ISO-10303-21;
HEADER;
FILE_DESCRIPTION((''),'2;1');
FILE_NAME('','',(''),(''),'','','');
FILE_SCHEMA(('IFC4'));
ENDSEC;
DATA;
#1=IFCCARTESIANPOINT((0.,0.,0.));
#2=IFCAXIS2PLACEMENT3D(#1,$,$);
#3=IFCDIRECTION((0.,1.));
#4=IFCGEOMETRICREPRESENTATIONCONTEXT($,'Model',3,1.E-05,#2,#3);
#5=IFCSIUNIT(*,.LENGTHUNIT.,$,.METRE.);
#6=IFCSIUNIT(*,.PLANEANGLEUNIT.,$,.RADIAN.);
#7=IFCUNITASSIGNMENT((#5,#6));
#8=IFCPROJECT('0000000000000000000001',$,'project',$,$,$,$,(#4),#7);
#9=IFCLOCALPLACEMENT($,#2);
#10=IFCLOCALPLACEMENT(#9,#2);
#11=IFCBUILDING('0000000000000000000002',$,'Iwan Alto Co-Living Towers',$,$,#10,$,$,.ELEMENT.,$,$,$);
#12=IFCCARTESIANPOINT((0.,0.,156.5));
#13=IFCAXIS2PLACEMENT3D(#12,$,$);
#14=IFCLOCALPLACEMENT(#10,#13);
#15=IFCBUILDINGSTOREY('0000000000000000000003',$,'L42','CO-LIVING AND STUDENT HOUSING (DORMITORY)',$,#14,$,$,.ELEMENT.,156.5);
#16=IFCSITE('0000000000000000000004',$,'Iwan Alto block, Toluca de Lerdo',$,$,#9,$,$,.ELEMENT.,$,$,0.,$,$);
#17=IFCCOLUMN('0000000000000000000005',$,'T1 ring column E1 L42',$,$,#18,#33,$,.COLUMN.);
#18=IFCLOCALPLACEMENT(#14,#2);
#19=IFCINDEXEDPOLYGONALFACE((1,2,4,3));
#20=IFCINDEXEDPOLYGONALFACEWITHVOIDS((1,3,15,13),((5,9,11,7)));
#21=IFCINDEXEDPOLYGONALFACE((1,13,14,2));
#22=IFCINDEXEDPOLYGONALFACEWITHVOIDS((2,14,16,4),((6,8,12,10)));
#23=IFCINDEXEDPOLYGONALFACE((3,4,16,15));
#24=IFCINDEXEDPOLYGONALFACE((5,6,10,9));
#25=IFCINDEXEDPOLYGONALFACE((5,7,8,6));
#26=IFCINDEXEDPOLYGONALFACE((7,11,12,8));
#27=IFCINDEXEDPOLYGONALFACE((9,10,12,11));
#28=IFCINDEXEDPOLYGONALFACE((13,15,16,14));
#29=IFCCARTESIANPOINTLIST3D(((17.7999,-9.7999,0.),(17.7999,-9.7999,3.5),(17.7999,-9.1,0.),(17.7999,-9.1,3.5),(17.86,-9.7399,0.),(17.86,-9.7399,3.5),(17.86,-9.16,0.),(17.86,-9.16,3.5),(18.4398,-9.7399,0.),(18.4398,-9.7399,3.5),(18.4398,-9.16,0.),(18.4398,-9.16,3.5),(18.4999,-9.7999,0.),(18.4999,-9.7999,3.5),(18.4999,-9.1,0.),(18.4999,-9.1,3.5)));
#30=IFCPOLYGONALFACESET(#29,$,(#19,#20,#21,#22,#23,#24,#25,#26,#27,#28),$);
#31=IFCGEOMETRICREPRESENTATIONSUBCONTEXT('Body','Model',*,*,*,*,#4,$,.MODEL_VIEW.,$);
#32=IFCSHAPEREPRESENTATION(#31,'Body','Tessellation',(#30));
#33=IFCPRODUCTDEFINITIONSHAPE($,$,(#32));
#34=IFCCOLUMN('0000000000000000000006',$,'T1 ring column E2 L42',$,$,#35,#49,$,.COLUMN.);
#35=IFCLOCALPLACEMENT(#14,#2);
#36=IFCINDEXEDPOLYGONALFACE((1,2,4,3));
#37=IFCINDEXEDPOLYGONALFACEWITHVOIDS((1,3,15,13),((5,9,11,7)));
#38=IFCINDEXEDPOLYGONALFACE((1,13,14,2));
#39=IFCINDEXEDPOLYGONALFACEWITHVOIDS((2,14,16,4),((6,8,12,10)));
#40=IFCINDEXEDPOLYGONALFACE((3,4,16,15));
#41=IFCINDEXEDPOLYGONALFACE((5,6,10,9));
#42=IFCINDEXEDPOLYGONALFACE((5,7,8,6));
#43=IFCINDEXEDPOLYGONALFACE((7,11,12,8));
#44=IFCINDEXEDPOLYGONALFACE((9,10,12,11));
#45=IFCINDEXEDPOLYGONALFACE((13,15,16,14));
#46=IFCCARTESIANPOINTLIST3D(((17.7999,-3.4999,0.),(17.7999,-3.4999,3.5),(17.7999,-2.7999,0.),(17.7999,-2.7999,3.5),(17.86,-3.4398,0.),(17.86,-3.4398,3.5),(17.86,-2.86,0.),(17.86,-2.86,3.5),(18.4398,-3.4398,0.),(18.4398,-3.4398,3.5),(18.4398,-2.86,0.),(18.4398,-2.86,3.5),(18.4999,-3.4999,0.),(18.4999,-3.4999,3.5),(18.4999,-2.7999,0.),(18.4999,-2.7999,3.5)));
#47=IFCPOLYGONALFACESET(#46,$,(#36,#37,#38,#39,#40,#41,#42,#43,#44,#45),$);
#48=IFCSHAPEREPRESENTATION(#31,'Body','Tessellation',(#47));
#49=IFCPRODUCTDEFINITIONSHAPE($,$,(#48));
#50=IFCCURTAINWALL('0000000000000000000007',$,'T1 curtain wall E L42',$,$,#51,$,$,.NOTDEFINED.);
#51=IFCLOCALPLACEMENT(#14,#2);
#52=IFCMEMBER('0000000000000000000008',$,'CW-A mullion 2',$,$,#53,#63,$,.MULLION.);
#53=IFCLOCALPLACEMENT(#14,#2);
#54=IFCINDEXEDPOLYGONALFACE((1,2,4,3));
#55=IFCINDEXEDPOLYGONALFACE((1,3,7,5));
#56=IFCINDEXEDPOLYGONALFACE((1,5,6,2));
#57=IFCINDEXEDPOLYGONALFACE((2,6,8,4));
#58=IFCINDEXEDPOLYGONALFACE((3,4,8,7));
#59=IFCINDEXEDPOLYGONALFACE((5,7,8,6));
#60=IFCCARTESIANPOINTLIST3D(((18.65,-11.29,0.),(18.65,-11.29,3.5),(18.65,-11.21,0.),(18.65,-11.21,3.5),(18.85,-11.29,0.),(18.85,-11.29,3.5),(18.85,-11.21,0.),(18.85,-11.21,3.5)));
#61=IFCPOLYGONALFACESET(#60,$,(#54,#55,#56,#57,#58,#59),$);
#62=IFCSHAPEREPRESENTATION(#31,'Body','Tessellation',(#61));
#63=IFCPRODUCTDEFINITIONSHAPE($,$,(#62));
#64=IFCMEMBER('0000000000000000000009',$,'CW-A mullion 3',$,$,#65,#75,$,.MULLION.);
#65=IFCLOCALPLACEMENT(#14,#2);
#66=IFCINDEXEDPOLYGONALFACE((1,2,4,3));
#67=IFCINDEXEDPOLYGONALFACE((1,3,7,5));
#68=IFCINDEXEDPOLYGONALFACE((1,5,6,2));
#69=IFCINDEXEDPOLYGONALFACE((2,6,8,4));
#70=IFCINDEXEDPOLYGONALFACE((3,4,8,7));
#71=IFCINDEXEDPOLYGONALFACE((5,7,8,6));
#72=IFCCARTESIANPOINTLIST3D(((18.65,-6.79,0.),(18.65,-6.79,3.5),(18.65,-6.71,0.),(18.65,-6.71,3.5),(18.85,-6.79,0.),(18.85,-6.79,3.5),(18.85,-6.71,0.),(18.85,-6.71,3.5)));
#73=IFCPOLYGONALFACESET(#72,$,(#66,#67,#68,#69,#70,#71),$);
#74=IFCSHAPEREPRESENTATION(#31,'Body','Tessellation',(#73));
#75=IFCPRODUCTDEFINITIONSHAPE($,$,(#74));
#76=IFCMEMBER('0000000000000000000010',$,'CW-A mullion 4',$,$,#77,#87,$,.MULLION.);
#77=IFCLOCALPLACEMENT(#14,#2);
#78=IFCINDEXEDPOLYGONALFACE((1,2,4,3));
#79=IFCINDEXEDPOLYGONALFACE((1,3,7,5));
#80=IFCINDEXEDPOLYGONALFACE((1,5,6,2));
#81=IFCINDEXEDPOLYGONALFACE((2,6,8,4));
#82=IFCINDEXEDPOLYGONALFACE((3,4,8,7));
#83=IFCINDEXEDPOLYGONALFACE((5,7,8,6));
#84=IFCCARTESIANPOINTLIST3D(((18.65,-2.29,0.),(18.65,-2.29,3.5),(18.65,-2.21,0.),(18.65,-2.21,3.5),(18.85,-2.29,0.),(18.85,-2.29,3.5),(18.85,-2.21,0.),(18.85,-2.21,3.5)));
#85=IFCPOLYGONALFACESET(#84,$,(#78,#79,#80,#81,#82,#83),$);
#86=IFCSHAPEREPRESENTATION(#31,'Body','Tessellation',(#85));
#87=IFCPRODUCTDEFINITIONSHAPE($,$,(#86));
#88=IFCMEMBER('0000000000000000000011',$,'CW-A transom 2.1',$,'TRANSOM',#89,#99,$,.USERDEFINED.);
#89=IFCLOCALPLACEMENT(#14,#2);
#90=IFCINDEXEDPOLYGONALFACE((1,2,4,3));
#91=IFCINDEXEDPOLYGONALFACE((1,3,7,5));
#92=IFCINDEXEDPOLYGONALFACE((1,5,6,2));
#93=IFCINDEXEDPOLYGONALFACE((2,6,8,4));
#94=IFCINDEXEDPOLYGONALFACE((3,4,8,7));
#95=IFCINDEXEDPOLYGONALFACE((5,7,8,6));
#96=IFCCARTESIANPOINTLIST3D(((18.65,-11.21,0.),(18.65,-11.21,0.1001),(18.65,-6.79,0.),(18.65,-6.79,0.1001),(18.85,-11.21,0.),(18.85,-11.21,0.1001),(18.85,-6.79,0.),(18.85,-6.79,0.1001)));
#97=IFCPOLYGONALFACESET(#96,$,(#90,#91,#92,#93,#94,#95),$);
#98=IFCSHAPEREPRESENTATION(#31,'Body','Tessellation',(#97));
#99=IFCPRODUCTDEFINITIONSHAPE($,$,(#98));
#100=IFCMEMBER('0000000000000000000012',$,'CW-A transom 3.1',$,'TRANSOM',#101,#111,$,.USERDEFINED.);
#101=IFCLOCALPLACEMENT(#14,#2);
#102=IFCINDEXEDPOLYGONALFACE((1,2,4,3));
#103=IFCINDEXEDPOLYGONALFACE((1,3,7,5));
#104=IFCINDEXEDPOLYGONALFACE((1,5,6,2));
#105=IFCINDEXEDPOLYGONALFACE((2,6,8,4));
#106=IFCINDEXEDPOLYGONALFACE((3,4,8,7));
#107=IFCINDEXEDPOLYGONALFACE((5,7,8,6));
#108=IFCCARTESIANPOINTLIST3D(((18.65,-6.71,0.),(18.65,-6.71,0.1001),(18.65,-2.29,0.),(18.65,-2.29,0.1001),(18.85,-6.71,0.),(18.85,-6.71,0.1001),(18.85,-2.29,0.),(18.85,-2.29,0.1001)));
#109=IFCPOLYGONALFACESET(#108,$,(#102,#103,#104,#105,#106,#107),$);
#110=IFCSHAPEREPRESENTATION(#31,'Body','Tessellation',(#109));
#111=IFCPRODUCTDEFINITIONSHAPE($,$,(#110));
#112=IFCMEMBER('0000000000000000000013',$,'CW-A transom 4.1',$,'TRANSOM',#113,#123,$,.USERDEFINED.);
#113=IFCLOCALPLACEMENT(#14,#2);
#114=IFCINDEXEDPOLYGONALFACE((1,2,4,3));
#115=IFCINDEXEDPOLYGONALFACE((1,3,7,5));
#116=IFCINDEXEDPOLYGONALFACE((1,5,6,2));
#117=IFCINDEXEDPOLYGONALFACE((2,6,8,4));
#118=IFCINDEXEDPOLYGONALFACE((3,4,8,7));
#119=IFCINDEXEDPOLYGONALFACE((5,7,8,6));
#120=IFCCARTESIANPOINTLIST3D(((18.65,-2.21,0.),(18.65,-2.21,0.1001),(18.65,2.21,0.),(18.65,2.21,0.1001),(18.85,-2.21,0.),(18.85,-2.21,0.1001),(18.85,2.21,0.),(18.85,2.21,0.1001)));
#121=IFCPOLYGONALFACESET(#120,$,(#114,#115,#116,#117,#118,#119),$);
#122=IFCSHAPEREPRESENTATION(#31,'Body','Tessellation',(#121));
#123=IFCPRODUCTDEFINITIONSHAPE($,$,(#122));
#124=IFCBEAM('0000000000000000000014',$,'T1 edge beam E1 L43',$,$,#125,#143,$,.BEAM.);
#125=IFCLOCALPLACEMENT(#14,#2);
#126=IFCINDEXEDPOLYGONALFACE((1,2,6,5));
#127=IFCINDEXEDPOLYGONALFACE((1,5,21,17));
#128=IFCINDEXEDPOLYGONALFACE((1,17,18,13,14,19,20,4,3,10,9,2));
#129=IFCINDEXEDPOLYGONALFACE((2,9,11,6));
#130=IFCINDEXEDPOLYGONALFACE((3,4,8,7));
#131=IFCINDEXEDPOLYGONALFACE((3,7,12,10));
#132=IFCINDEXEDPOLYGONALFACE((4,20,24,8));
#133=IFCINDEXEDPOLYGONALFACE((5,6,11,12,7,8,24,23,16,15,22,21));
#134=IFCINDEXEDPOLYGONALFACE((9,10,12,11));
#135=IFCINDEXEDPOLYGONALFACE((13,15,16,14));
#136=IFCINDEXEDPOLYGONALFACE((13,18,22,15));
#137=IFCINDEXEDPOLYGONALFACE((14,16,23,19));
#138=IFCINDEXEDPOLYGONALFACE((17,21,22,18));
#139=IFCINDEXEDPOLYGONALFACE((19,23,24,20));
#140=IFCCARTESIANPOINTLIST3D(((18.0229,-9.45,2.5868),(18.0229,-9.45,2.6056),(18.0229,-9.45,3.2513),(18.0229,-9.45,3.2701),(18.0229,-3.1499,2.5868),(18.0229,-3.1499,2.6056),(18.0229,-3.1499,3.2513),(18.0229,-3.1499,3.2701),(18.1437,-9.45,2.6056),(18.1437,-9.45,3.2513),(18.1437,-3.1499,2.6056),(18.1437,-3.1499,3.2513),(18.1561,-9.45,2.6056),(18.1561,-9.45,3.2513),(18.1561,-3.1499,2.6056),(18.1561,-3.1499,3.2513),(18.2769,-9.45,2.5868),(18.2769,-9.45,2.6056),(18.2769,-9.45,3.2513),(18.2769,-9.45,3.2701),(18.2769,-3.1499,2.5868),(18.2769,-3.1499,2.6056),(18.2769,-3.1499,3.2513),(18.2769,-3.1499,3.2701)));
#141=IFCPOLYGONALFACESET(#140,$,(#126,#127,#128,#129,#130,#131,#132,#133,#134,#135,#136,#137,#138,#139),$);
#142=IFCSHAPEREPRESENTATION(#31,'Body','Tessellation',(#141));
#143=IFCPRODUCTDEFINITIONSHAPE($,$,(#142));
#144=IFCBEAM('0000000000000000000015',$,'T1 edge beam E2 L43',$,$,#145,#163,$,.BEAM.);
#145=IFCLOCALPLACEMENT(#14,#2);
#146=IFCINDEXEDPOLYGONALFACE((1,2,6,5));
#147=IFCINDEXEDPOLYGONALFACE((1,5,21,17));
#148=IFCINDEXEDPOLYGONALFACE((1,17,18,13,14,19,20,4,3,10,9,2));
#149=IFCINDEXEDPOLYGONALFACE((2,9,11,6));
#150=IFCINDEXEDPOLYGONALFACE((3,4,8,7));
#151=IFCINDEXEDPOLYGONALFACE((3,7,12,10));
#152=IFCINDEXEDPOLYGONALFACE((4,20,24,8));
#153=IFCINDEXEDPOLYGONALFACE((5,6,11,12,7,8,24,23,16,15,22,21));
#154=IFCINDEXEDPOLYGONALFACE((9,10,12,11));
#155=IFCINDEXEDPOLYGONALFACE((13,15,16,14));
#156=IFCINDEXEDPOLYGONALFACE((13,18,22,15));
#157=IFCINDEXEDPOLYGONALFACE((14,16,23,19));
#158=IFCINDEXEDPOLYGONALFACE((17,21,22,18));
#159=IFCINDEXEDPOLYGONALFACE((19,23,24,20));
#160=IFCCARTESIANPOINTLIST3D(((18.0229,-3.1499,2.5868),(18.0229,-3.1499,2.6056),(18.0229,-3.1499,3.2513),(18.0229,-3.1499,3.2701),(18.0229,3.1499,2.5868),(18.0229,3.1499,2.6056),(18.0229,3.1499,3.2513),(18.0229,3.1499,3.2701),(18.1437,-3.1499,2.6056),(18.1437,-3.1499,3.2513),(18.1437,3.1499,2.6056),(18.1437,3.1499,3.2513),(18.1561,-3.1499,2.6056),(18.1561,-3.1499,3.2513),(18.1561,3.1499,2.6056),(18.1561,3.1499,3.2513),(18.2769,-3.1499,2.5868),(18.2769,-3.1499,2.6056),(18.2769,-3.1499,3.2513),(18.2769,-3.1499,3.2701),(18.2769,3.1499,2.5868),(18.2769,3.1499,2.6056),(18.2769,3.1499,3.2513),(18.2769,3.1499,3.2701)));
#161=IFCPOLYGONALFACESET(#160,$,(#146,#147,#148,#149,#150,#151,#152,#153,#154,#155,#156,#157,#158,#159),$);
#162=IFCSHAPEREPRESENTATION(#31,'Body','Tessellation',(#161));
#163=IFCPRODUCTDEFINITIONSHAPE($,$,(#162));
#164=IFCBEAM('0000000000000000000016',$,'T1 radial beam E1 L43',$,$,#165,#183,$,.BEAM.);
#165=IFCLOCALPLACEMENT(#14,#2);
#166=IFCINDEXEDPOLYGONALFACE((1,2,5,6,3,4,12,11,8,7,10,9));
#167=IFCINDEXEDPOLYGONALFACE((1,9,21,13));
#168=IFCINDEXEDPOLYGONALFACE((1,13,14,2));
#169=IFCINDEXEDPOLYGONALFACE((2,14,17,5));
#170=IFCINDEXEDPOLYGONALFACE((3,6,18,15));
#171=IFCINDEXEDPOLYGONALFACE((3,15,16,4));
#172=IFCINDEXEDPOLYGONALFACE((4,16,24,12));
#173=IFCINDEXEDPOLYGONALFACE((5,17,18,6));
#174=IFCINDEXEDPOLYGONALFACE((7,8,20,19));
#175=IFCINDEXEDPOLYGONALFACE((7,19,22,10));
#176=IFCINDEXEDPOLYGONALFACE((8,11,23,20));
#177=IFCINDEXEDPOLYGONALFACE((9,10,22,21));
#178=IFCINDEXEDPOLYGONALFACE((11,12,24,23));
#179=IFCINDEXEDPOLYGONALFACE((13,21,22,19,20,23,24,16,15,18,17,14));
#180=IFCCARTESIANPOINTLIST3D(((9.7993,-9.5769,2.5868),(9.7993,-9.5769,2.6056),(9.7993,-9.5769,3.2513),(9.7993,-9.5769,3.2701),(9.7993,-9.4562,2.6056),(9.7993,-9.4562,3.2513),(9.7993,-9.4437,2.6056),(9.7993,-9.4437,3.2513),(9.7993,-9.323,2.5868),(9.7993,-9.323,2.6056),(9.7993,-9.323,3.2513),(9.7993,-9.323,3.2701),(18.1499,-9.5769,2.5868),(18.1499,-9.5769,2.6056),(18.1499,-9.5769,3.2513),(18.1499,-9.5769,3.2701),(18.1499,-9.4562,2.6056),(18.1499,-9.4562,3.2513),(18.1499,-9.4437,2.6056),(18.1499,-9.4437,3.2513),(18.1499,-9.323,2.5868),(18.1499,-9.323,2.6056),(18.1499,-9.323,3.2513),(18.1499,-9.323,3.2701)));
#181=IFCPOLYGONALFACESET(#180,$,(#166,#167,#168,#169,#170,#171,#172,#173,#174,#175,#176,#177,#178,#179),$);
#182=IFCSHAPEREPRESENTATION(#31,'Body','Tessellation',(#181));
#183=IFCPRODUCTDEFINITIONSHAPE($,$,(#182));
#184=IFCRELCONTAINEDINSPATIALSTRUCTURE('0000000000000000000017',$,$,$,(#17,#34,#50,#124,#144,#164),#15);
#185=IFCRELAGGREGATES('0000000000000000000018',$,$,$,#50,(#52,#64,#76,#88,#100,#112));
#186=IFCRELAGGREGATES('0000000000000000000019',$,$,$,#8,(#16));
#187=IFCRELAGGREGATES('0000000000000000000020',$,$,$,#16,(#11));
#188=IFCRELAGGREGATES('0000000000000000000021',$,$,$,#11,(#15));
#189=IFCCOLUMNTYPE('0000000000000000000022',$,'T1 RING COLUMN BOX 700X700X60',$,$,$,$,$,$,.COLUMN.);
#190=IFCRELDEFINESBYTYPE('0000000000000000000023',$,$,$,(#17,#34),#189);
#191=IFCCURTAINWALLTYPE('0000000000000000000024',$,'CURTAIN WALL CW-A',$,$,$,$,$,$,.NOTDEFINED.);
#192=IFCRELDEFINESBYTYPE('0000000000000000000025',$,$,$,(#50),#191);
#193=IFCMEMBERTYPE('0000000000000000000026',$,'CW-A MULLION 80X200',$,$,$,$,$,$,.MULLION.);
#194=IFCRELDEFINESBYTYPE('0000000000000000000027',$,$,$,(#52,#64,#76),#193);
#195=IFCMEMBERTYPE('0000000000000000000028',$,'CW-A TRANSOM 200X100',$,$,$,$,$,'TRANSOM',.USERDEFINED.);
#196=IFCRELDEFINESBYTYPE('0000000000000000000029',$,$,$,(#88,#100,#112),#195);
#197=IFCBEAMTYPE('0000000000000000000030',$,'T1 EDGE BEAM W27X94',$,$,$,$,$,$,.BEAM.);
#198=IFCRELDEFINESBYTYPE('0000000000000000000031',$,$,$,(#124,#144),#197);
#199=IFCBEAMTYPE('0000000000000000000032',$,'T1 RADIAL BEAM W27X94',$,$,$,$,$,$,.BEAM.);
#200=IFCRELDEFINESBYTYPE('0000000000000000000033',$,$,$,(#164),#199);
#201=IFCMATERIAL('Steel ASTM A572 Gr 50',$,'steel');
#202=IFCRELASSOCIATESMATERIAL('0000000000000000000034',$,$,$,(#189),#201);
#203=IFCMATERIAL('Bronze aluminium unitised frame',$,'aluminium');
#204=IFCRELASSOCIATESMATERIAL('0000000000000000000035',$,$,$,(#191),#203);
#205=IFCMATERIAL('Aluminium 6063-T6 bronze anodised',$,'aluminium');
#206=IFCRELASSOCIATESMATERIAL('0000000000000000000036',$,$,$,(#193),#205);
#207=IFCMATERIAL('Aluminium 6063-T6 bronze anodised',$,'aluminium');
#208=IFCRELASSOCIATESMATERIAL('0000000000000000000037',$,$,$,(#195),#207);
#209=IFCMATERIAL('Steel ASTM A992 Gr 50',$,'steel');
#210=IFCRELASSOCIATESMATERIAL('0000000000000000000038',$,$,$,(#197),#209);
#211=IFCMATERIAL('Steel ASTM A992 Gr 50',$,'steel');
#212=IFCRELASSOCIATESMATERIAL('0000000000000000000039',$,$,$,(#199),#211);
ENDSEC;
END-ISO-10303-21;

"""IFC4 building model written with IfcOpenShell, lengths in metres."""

from ifc_helpers import new_model, si_unit, direction, frame, origin, origin_2d, place, context, subcontext, project, spatial, rectangle, hollow_rectangle, i_section, extrude, material, material_profile, profile_set, type_object, element, aggregate, save


model = new_model("IFC4")

# Units and contexts
model_context = context("Model", 3, precision=1e-05, world=origin(), true_north=direction((0.0, 1.0)))
body_context = subcontext(model_context, "Body", "Model", "MODEL_VIEW")
ifc_project = project(units=[si_unit("LENGTHUNIT", "METRE"), si_unit("PLANEANGLEUNIT", "RADIAN")], contexts=[model_context])

# Site, building, storey
site_placement = place(None, origin())
site = spatial("IfcSite", under=ifc_project, at=site_placement, Name="Iwan Alto block, Toluca de Lerdo", CompositionType="ELEMENT", RefElevation=0.0)
building_placement = place(site_placement, origin())
building = spatial("IfcBuilding", under=site, at=building_placement, Name="Iwan Alto Co-Living Towers", CompositionType="ELEMENT")
storey_placement = place(building_placement, frame((0.0, 0.0, 156.5)))
storey = spatial("IfcBuildingStorey", under=building, at=storey_placement, Name="L42", Description="CO-LIVING AND STUDENT HOUSING (DORMITORY)", CompositionType="ELEMENT", Elevation=156.5)

# Columns
ifc_material_1 = material(Name="Steel ASTM A572 Gr 50", Category="steel")
ifc_material_profile_1 = material_profile(ifc_material_1, hollow_rectangle(XDim=0.7, YDim=0.7, WallThickness=0.0601, at=origin_2d()), Name="BOX 700X700X60")
ifc_profile_set_1 = profile_set([ifc_material_profile_1], Name="Steel ASTM A572 Gr 50")
column_type = type_object("IfcColumnType", Name="T1 RING COLUMN BOX 700X700X60", PredefinedType="COLUMN", material=ifc_profile_set_1)
for number, where, z_axis, x_axis, name in (
    (1, (18.1499, -9.45, 0.0), (0.0, 0.0, 1.0), (1.0, 0.0, 0.0), "T1 ring column E1 L42"),
    (2, (18.1499, -3.1499, 0.0), (0.0, 0.0, 1.0), (1.0, 0.0, 0.0), "T1 ring column E2 L42"),
):
    element("IfcColumn", number, at=place(storey_placement, frame(where, z_axis=z_axis, x_axis=x_axis)), inside=storey, type_object=column_type, Name=name, PredefinedType="COLUMN", context=body_context, shape_type="SweptSolid", body=[
        extrude(hollow_rectangle(XDim=0.7, YDim=0.7, WallThickness=0.0601, at=origin_2d()), origin(), (0.0, 0.0, 1.0), 3.5),
    ])

# Curtain wall, members
ifc_material_2 = material(Name="Bronze aluminium unitised frame", Category="aluminium")
curtain_wall_type = type_object("IfcCurtainWallType", Name="CURTAIN WALL CW-A", PredefinedType="NOTDEFINED", material=ifc_material_2)
curtain_wall_placement = place(storey_placement, origin())
curtain_wall = element("IfcCurtainWall", 3, at=curtain_wall_placement, inside=storey, type_object=curtain_wall_type, Name="T1 curtain wall E L42", PredefinedType="NOTDEFINED")
ifc_material_3 = material(Name="Aluminium 6063-T6 bronze anodised", Category="aluminium")
ifc_material_profile_2 = material_profile(ifc_material_3, rectangle(XDim=0.2, YDim=0.0801, at=origin_2d()), Name="AL 80X200")
ifc_profile_set_2 = profile_set([ifc_material_profile_2], Name="Aluminium 6063-T6 bronze anodised")
member_type_1 = type_object("IfcMemberType", Name="CW-A MULLION 80X200", PredefinedType="MULLION", material=ifc_profile_set_2)
member_1_placement = place(storey_placement, frame((18.75, -11.25, 0.0), z_axis=(0.0, 0.0, 1.0), x_axis=(-1.0, 0.0, 0.0)))
member_1 = element("IfcMember", 4, at=member_1_placement, type_object=member_type_1, Name="CW-A mullion 2", PredefinedType="MULLION", context=body_context, shape_type="SweptSolid", body=[
    extrude(rectangle(XDim=0.2, YDim=0.0801, at=origin_2d()), origin(), (0.0, 0.0, 1.0), 3.5),
])
member_2_placement = place(storey_placement, frame((18.75, -6.75, 0.0), z_axis=(0.0, 0.0, 1.0), x_axis=(-1.0, 0.0, 0.0)))
member_2 = element("IfcMember", 5, at=member_2_placement, type_object=member_type_1, Name="CW-A mullion 3", PredefinedType="MULLION", context=body_context, shape_type="SweptSolid", body=[
    extrude(rectangle(XDim=0.2, YDim=0.0801, at=origin_2d()), origin(), (0.0, 0.0, 1.0), 3.5),
])
member_3_placement = place(storey_placement, frame((18.75, -2.25, 0.0), z_axis=(0.0, 0.0, 1.0), x_axis=(-1.0, 0.0, 0.0)))
member_3 = element("IfcMember", 6, at=member_3_placement, type_object=member_type_1, Name="CW-A mullion 4", PredefinedType="MULLION", context=body_context, shape_type="SweptSolid", body=[
    extrude(rectangle(XDim=0.2, YDim=0.0801, at=origin_2d()), origin(), (0.0, 0.0, 1.0), 3.5),
])
ifc_material_4 = material(Name="Aluminium 6063-T6 bronze anodised", Category="aluminium")
ifc_material_profile_3 = material_profile(ifc_material_4, rectangle(XDim=0.2, YDim=0.1001, at=origin_2d()), Name="AL 200X100")
ifc_profile_set_3 = profile_set([ifc_material_profile_3], Name="Aluminium 6063-T6 bronze anodised")
member_type_2 = type_object("IfcMemberType", Name="CW-A TRANSOM 200X100", ElementType="TRANSOM", PredefinedType="USERDEFINED", material=ifc_profile_set_3)
member_4_placement = place(storey_placement, frame((18.75, -11.21, 0.05), z_axis=(0.0, 1.0, 0.0), x_axis=(-1.0, 0.0, 0.0)))
member_4 = element("IfcMember", 7, at=member_4_placement, type_object=member_type_2, Name="CW-A transom 2.1", ObjectType="TRANSOM", PredefinedType="USERDEFINED", context=body_context, shape_type="SweptSolid", body=[
    extrude(rectangle(XDim=0.2, YDim=0.1001, at=origin_2d()), origin(), (0.0, 0.0, 1.0), 4.4199),
])
member_5_placement = place(storey_placement, frame((18.75, -6.71, 0.05), z_axis=(0.0, 1.0, 0.0), x_axis=(-1.0, 0.0, 0.0)))
member_5 = element("IfcMember", 8, at=member_5_placement, type_object=member_type_2, Name="CW-A transom 3.1", ObjectType="TRANSOM", PredefinedType="USERDEFINED", context=body_context, shape_type="SweptSolid", body=[
    extrude(rectangle(XDim=0.2, YDim=0.1001, at=origin_2d()), origin(), (0.0, 0.0, 1.0), 4.4199),
])
member_6_placement = place(storey_placement, frame((18.75, -2.21, 0.05), z_axis=(0.0, 1.0, 0.0), x_axis=(-1.0, 0.0, 0.0)))
member_6 = element("IfcMember", 9, at=member_6_placement, type_object=member_type_2, Name="CW-A transom 4.1", ObjectType="TRANSOM", PredefinedType="USERDEFINED", context=body_context, shape_type="SweptSolid", body=[
    extrude(rectangle(XDim=0.2, YDim=0.1001, at=origin_2d()), origin(), (0.0, 0.0, 1.0), 4.4199),
])

# Beams
ifc_material_5 = material(Name="Steel ASTM A992 Gr 50", Category="steel")
ifc_material_profile_4 = material_profile(ifc_material_5, i_section(OverallWidth=0.2539, OverallDepth=0.6833, WebThickness=0.0125, FlangeThickness=0.0188, at=origin_2d()), Name="W27X94")
ifc_profile_set_4 = profile_set([ifc_material_profile_4], Name="Steel ASTM A992 Gr 50")
beam_type_1 = type_object("IfcBeamType", Name="T1 EDGE BEAM W27X94", PredefinedType="BEAM", material=ifc_profile_set_4)
beam_1_placement = place(storey_placement, frame((18.1499, -9.45, 2.9285), z_axis=(0.0, 1.0, 0.0), x_axis=(-1.0, 0.0, 0.0)))
element("IfcBeam", 10, at=beam_1_placement, inside=storey, type_object=beam_type_1, Name="T1 edge beam E1 L43", PredefinedType="BEAM", context=body_context, shape_type="SweptSolid", body=[
    extrude(i_section(OverallWidth=0.2539, OverallDepth=0.6833, WebThickness=0.0125, FlangeThickness=0.0188, at=origin_2d()), origin(), (0.0, 0.0, 1.0), 6.3),
])
beam_2_placement = place(storey_placement, frame((18.1499, -3.1499, 2.9285), z_axis=(0.0, 1.0, 0.0), x_axis=(-1.0, 0.0, 0.0)))
element("IfcBeam", 11, at=beam_2_placement, inside=storey, type_object=beam_type_1, Name="T1 edge beam E2 L43", PredefinedType="BEAM", context=body_context, shape_type="SweptSolid", body=[
    extrude(i_section(OverallWidth=0.2539, OverallDepth=0.6833, WebThickness=0.0125, FlangeThickness=0.0188, at=origin_2d()), origin(), (0.0, 0.0, 1.0), 6.2998),
])
ifc_material_6 = material(Name="Steel ASTM A992 Gr 50", Category="steel")
ifc_material_profile_5 = material_profile(ifc_material_6, i_section(OverallWidth=0.2539, OverallDepth=0.6833, WebThickness=0.0125, FlangeThickness=0.0188, at=origin_2d()), Name="W27X94")
ifc_profile_set_5 = profile_set([ifc_material_profile_5], Name="Steel ASTM A992 Gr 50")
beam_type_2 = type_object("IfcBeamType", Name="T1 RADIAL BEAM W27X94", PredefinedType="BEAM", material=ifc_profile_set_5)
for number, where, z_axis, x_axis, name in (
    (12, (18.1499, -9.45, 2.9285), (-1.0, 0.0, 0.0), (0.0, -1.0, 0.0), "T1 radial beam E1 L43"),
):
    element("IfcBeam", number, at=place(storey_placement, frame(where, z_axis=z_axis, x_axis=x_axis)), inside=storey, type_object=beam_type_2, Name=name, PredefinedType="BEAM", context=body_context, shape_type="SweptSolid", body=[
        extrude(i_section(OverallWidth=0.2539, OverallDepth=0.6833, WebThickness=0.0125, FlangeThickness=0.0188, at=origin_2d()), origin(), (0.0, 0.0, 1.0), 8.3506),
    ])

aggregate(curtain_wall, [member_1, member_2, member_3, member_4, member_5, member_6])

save(model, "model.ifc")
